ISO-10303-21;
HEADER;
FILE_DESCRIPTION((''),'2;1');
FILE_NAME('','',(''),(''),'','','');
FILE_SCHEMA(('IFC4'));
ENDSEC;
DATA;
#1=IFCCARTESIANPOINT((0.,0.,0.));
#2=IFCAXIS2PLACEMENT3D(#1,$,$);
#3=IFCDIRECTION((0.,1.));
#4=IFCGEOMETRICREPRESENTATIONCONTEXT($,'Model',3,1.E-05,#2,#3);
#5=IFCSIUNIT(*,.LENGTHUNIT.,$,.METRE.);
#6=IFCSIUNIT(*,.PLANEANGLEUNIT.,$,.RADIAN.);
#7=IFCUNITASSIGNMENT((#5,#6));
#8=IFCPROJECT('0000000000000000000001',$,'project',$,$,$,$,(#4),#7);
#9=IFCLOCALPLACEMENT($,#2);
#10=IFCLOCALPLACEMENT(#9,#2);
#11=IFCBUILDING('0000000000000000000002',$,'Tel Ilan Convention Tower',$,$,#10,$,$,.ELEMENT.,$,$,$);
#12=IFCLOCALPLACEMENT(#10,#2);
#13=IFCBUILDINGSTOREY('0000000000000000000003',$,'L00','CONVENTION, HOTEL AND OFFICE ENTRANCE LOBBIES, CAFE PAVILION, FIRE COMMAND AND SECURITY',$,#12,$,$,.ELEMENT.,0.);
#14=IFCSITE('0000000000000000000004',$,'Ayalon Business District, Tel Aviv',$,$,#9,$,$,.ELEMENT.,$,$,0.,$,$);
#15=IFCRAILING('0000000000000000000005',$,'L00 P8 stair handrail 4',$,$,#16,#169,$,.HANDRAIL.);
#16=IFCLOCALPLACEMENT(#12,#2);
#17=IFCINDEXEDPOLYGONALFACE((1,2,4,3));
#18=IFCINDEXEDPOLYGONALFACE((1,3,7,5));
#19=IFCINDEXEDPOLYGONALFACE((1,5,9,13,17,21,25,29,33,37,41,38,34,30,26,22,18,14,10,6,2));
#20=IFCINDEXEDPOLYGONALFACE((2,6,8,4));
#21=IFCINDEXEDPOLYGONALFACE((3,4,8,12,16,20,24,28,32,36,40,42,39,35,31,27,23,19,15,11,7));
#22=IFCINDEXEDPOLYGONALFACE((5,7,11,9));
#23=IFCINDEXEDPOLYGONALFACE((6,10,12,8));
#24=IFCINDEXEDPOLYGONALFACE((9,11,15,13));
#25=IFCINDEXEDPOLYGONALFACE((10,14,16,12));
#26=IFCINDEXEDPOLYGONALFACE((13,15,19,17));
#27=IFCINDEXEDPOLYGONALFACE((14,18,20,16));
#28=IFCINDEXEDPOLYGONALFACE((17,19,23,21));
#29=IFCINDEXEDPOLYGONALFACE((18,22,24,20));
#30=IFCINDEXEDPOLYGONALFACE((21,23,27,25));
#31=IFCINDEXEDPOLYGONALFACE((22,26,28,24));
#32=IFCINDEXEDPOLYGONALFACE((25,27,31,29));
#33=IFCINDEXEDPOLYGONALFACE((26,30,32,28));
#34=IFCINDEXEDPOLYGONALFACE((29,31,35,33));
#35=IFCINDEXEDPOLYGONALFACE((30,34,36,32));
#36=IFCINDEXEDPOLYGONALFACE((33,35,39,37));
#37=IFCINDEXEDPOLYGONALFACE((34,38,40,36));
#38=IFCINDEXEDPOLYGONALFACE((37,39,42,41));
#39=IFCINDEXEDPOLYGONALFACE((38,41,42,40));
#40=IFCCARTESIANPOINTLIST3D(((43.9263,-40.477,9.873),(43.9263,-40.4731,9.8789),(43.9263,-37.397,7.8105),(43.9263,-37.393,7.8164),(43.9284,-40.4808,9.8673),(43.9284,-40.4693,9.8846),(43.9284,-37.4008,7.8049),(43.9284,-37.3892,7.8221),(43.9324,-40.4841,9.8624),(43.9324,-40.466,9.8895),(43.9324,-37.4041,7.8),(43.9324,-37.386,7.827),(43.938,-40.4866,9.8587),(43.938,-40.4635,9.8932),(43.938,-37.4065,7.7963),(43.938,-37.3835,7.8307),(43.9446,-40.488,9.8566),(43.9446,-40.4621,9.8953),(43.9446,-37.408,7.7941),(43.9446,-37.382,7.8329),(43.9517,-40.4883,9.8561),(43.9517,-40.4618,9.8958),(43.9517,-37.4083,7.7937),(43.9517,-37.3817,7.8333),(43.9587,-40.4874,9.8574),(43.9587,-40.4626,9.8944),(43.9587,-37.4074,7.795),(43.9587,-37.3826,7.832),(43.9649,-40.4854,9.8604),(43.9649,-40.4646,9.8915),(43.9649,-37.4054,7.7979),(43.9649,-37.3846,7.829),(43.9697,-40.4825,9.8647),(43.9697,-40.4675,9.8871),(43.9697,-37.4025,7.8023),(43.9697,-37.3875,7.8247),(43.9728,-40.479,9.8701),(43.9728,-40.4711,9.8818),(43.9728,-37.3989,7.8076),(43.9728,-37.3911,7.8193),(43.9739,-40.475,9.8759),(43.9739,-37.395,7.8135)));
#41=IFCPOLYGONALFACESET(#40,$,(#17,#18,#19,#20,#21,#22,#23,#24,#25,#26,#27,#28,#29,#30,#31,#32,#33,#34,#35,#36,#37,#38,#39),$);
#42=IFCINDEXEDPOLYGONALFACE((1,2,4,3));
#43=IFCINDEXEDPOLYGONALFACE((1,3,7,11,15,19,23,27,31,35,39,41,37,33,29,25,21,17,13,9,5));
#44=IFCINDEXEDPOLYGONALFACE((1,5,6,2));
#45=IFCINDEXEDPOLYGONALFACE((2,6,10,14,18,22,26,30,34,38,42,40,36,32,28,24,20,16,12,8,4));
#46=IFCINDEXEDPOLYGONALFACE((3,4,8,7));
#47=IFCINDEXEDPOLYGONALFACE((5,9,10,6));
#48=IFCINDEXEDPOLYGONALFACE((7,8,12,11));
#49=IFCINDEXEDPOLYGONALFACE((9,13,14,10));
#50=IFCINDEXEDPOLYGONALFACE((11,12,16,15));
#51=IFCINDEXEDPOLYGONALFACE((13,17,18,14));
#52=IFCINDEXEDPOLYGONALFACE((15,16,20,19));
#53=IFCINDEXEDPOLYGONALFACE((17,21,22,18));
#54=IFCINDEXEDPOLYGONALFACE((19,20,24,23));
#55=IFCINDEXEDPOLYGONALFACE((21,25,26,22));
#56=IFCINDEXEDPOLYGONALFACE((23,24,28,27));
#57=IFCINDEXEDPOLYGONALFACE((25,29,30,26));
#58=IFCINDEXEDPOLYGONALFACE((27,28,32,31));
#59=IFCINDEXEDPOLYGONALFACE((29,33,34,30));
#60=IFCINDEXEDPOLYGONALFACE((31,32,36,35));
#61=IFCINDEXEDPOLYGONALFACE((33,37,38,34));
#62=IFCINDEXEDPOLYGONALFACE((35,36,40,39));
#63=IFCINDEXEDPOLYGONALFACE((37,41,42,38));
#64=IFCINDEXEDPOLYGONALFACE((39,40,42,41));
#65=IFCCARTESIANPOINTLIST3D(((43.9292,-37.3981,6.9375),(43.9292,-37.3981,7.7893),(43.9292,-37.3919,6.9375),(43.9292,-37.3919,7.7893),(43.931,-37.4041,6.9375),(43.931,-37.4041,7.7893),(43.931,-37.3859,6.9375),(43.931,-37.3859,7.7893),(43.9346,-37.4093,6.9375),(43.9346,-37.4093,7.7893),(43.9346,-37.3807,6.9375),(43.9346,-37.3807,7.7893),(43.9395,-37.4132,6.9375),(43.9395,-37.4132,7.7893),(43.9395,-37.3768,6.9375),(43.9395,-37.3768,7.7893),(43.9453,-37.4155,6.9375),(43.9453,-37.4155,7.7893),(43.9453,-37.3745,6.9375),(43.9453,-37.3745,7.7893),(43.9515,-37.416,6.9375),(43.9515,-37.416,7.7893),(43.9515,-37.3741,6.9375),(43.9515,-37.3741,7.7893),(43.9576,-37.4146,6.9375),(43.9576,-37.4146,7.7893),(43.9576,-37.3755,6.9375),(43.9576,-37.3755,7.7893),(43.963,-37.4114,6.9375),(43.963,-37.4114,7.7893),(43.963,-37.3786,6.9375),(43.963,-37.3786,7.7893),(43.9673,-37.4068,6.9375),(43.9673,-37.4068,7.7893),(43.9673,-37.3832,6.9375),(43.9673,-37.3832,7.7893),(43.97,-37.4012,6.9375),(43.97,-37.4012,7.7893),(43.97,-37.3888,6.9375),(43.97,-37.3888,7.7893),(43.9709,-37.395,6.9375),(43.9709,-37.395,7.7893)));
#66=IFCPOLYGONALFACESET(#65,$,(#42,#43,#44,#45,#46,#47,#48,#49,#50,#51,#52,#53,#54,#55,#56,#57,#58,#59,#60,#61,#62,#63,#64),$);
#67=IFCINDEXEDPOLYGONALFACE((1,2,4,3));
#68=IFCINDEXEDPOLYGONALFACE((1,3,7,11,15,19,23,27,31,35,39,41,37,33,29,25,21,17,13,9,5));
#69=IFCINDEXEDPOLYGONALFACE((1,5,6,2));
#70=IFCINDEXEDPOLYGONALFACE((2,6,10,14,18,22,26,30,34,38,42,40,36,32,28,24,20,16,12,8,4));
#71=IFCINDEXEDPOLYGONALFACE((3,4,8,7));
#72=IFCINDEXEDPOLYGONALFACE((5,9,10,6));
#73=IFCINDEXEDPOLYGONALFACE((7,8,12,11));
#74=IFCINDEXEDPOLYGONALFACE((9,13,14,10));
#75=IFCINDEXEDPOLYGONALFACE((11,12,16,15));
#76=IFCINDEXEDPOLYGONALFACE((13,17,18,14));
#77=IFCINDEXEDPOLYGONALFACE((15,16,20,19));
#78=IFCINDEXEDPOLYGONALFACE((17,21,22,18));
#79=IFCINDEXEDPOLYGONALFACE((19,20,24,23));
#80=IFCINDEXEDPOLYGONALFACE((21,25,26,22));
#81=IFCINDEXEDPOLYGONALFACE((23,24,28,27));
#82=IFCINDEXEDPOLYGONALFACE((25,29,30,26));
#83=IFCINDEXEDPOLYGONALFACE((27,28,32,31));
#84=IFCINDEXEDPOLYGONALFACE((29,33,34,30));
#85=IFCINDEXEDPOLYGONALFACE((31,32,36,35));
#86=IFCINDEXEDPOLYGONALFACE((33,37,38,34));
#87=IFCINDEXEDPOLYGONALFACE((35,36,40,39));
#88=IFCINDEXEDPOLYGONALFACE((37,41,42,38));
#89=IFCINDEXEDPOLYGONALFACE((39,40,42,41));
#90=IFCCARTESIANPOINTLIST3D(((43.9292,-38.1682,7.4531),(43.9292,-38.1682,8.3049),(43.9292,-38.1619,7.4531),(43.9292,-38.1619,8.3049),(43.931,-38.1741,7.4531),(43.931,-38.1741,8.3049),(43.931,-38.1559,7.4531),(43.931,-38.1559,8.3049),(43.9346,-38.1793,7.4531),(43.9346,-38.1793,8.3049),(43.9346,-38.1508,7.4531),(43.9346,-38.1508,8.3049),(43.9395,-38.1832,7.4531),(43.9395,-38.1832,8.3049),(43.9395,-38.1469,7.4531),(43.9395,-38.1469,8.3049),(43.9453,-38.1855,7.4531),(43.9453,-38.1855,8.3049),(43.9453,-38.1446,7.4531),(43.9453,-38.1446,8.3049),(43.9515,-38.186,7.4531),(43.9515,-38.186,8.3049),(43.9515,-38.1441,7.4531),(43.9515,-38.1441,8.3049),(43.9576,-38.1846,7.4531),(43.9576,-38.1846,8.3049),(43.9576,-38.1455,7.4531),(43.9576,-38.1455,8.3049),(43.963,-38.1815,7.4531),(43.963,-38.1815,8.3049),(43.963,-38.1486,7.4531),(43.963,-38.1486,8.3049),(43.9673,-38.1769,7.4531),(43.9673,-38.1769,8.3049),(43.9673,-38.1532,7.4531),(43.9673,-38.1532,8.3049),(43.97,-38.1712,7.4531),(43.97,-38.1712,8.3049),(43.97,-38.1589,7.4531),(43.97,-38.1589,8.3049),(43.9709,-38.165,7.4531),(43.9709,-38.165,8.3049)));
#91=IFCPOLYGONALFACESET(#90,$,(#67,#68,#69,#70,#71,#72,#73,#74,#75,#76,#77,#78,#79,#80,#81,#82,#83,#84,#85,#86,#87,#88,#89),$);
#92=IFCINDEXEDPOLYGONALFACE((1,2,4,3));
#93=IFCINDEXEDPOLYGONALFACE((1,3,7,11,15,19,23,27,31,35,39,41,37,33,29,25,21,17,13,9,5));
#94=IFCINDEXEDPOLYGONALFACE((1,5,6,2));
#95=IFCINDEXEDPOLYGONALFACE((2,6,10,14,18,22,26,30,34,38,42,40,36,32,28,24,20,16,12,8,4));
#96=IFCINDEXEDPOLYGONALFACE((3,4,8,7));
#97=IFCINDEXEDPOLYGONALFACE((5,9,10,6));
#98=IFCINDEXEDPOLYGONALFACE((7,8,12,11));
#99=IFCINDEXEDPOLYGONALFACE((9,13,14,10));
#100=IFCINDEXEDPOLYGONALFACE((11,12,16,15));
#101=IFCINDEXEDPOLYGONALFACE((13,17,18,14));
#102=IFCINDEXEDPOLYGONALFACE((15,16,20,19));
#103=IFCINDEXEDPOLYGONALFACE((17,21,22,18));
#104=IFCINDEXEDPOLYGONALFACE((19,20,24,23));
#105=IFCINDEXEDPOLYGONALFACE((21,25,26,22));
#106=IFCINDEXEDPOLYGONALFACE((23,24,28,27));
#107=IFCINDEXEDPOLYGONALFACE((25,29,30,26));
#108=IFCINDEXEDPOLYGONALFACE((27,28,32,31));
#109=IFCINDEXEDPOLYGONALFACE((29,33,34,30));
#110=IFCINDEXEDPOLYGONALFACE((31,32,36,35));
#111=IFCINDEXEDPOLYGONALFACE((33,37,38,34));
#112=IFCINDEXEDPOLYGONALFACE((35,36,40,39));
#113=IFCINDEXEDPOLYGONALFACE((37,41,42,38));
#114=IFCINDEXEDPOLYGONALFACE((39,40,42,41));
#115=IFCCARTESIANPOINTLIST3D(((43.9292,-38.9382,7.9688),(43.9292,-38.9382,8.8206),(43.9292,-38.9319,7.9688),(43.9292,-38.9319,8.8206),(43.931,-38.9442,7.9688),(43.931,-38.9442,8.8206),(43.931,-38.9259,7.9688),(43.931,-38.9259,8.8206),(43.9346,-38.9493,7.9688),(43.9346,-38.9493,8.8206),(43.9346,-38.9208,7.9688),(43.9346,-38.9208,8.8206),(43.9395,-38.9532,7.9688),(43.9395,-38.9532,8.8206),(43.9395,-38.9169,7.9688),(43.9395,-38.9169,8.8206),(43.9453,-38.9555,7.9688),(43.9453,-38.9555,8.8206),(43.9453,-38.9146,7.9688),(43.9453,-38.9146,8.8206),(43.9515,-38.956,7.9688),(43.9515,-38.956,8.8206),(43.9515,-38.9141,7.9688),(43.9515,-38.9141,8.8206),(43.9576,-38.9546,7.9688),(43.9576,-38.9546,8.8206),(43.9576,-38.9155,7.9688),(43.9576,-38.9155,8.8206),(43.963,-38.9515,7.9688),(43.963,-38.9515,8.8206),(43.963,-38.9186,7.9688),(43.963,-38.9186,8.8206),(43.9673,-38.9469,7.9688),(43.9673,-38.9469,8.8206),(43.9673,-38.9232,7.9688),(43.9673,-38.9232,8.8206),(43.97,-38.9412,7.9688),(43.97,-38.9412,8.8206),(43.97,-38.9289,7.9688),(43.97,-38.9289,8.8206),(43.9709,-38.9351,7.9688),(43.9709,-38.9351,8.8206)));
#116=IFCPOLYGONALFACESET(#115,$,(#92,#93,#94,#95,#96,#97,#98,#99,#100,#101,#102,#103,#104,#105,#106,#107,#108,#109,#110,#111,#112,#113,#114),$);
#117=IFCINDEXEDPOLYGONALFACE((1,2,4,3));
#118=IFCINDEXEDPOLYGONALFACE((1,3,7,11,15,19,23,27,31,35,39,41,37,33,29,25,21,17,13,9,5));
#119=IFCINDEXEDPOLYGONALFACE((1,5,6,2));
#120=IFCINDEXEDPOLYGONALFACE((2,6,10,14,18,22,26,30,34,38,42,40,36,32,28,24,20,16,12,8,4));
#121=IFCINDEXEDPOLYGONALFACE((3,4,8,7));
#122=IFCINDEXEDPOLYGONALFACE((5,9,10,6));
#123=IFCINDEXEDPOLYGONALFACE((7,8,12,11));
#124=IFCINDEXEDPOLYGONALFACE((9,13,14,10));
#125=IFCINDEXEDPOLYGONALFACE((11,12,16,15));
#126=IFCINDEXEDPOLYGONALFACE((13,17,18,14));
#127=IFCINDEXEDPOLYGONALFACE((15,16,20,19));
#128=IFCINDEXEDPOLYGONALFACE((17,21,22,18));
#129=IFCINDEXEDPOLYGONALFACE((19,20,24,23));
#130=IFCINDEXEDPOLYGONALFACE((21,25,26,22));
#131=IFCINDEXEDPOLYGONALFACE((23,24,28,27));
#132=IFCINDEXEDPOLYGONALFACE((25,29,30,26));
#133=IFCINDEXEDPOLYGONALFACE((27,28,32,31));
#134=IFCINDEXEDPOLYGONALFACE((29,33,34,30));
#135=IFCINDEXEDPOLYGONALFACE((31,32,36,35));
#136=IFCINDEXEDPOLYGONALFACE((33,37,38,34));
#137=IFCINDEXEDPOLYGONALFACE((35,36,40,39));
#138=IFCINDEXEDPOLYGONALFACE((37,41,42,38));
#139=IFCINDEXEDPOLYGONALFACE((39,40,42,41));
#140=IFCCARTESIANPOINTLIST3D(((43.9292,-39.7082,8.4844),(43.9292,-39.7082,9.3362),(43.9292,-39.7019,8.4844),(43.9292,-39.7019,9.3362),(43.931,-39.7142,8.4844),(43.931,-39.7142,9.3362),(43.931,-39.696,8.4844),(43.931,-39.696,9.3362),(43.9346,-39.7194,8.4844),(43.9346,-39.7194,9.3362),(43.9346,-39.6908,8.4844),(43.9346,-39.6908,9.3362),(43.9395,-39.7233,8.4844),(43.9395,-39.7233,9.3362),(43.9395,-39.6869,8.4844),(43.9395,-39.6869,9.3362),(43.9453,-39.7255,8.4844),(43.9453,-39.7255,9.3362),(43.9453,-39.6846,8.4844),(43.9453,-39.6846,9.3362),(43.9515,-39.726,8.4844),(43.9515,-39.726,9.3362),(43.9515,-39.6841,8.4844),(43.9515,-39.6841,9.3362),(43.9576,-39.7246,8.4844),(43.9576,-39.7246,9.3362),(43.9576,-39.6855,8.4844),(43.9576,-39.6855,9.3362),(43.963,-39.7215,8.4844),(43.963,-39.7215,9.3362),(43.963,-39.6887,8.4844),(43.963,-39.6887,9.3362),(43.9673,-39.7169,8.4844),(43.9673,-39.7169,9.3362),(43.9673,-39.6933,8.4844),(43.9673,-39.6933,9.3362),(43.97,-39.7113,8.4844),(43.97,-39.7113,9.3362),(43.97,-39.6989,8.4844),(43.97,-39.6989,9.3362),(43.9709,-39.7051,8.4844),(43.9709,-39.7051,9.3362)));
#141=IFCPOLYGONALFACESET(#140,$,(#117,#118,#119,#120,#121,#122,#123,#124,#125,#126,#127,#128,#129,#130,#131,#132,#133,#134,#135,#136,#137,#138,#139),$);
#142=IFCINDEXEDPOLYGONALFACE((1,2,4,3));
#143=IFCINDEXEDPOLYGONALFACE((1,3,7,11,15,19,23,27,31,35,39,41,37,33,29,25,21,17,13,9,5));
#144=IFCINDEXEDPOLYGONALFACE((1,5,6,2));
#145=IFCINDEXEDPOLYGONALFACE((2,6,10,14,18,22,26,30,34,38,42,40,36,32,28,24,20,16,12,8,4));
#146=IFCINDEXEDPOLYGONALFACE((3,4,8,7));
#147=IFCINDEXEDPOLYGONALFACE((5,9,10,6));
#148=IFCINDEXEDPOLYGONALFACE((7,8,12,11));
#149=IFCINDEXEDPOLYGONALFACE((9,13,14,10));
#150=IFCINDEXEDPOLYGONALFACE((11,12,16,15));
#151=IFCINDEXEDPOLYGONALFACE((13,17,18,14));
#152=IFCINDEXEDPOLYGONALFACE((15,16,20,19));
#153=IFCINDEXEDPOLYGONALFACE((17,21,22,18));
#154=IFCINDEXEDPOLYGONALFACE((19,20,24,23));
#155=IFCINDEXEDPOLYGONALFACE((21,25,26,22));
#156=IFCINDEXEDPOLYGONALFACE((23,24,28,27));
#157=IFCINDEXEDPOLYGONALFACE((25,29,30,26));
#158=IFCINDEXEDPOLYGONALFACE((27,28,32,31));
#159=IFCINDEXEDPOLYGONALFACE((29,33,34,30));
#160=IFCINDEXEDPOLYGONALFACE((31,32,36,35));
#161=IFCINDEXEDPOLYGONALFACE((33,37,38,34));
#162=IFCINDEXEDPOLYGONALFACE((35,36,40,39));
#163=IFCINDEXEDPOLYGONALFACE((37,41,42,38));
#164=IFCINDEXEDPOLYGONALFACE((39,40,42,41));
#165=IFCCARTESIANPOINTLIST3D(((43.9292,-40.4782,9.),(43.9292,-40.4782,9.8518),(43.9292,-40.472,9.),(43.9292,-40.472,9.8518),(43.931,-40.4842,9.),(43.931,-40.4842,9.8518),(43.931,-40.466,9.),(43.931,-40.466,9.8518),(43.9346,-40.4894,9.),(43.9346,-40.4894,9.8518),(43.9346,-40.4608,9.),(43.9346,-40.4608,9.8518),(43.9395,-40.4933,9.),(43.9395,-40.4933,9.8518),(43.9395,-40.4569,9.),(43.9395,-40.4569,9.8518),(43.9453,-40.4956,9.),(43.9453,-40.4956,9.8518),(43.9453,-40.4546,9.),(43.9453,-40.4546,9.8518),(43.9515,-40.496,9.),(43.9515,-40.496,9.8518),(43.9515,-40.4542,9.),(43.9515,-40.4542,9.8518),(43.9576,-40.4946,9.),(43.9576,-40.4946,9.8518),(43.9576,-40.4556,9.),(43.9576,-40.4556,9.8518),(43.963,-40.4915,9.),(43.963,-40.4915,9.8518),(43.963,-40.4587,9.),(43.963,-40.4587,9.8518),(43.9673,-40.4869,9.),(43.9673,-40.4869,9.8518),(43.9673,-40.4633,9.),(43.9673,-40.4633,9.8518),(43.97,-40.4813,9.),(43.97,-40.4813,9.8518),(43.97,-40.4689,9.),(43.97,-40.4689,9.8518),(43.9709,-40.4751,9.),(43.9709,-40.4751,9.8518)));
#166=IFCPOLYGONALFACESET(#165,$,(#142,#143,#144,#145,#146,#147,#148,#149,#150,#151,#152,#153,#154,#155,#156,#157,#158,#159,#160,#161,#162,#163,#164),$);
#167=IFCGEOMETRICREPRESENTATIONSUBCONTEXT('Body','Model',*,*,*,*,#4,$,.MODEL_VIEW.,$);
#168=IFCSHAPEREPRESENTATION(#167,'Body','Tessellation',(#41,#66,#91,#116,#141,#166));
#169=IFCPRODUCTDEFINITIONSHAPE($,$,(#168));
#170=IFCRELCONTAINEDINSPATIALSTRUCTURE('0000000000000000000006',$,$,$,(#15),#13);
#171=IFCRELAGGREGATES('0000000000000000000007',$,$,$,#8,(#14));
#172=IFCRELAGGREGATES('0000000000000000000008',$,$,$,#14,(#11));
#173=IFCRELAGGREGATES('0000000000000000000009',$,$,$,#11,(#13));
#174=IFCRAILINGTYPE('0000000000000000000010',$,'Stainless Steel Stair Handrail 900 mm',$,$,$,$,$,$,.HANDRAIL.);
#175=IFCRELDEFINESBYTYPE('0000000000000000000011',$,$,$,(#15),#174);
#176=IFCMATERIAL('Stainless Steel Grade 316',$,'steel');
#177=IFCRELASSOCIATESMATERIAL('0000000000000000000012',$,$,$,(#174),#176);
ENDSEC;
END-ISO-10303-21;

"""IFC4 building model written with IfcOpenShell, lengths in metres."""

from ifc_helpers import new_model, si_unit, direction, frame, origin, origin_2d, place, context, subcontext, project, spatial, circle, extrude, material, type_object, element, save


model = new_model("IFC4")

# Units and contexts
model_context = context("Model", 3, precision=1e-05, world=origin(), true_north=direction((0.0, 1.0)))
body_context = subcontext(model_context, "Body", "Model", "MODEL_VIEW")
ifc_project = project(units=[si_unit("LENGTHUNIT", "METRE"), si_unit("PLANEANGLEUNIT", "RADIAN")], contexts=[model_context])

# Site, building, storey
site_placement = place(None, origin())
site = spatial("IfcSite", under=ifc_project, at=site_placement, Name="Ayalon Business District, Tel Aviv", CompositionType="ELEMENT", RefElevation=0.0)
building_placement = place(site_placement, origin())
building = spatial("IfcBuilding", under=site, at=building_placement, Name="Tel Ilan Convention Tower", CompositionType="ELEMENT")
storey_placement = place(building_placement, origin())
storey = spatial("IfcBuildingStorey", under=building, at=storey_placement, Name="L00", Description="CONVENTION, HOTEL AND OFFICE ENTRANCE LOBBIES, CAFE PAVILION, FIRE COMMAND AND SECURITY", CompositionType="ELEMENT", Elevation=0.0)

# Railing
ifc_material_1 = material(Name="Stainless Steel Grade 316", Category="steel")
railing_type_1 = type_object("IfcRailingType", Name="Stainless Steel Stair Handrail 900 mm", PredefinedType="HANDRAIL", material=ifc_material_1)
for number, where, name in (
    (1, (43.95, -37.395, 6.9375), "L00 P8 stair handrail 4"),
):
    element("IfcRailing", number, at=place(storey_placement, frame(where)), inside=storey, type_object=railing_type_1, Name=name, PredefinedType="HANDRAIL", context=body_context, shape_type="SweptSolid", body=[
        extrude(circle(Radius=0.0239, at=origin_2d()), frame((0.0, 0.0, 0.876), z_axis=(0.0, -0.830914, 0.556401), x_axis=(1.0, 0.0, 0.0)), (0.0, 0.0, 1.0), 3.7068),
        extrude(circle(Radius=0.021, at=origin_2d()), origin(), (0.0, 0.0, 1.0), 0.8518),
        extrude(circle(Radius=0.021, at=origin_2d()), frame((0.0, -0.77, 0.5156)), (0.0, 0.0, 1.0), 0.8518),
        extrude(circle(Radius=0.021, at=origin_2d()), frame((0.0, -1.54, 1.0312)), (0.0, 0.0, 1.0), 0.8518),
        extrude(circle(Radius=0.021, at=origin_2d()), frame((0.0, -2.3101, 1.5469)), (0.0, 0.0, 1.0), 0.8518),
        extrude(circle(Radius=0.021, at=origin_2d()), frame((0.0, -3.0801, 2.0625)), (0.0, 0.0, 1.0), 0.8518),
    ])

save(model, "model.ifc")
